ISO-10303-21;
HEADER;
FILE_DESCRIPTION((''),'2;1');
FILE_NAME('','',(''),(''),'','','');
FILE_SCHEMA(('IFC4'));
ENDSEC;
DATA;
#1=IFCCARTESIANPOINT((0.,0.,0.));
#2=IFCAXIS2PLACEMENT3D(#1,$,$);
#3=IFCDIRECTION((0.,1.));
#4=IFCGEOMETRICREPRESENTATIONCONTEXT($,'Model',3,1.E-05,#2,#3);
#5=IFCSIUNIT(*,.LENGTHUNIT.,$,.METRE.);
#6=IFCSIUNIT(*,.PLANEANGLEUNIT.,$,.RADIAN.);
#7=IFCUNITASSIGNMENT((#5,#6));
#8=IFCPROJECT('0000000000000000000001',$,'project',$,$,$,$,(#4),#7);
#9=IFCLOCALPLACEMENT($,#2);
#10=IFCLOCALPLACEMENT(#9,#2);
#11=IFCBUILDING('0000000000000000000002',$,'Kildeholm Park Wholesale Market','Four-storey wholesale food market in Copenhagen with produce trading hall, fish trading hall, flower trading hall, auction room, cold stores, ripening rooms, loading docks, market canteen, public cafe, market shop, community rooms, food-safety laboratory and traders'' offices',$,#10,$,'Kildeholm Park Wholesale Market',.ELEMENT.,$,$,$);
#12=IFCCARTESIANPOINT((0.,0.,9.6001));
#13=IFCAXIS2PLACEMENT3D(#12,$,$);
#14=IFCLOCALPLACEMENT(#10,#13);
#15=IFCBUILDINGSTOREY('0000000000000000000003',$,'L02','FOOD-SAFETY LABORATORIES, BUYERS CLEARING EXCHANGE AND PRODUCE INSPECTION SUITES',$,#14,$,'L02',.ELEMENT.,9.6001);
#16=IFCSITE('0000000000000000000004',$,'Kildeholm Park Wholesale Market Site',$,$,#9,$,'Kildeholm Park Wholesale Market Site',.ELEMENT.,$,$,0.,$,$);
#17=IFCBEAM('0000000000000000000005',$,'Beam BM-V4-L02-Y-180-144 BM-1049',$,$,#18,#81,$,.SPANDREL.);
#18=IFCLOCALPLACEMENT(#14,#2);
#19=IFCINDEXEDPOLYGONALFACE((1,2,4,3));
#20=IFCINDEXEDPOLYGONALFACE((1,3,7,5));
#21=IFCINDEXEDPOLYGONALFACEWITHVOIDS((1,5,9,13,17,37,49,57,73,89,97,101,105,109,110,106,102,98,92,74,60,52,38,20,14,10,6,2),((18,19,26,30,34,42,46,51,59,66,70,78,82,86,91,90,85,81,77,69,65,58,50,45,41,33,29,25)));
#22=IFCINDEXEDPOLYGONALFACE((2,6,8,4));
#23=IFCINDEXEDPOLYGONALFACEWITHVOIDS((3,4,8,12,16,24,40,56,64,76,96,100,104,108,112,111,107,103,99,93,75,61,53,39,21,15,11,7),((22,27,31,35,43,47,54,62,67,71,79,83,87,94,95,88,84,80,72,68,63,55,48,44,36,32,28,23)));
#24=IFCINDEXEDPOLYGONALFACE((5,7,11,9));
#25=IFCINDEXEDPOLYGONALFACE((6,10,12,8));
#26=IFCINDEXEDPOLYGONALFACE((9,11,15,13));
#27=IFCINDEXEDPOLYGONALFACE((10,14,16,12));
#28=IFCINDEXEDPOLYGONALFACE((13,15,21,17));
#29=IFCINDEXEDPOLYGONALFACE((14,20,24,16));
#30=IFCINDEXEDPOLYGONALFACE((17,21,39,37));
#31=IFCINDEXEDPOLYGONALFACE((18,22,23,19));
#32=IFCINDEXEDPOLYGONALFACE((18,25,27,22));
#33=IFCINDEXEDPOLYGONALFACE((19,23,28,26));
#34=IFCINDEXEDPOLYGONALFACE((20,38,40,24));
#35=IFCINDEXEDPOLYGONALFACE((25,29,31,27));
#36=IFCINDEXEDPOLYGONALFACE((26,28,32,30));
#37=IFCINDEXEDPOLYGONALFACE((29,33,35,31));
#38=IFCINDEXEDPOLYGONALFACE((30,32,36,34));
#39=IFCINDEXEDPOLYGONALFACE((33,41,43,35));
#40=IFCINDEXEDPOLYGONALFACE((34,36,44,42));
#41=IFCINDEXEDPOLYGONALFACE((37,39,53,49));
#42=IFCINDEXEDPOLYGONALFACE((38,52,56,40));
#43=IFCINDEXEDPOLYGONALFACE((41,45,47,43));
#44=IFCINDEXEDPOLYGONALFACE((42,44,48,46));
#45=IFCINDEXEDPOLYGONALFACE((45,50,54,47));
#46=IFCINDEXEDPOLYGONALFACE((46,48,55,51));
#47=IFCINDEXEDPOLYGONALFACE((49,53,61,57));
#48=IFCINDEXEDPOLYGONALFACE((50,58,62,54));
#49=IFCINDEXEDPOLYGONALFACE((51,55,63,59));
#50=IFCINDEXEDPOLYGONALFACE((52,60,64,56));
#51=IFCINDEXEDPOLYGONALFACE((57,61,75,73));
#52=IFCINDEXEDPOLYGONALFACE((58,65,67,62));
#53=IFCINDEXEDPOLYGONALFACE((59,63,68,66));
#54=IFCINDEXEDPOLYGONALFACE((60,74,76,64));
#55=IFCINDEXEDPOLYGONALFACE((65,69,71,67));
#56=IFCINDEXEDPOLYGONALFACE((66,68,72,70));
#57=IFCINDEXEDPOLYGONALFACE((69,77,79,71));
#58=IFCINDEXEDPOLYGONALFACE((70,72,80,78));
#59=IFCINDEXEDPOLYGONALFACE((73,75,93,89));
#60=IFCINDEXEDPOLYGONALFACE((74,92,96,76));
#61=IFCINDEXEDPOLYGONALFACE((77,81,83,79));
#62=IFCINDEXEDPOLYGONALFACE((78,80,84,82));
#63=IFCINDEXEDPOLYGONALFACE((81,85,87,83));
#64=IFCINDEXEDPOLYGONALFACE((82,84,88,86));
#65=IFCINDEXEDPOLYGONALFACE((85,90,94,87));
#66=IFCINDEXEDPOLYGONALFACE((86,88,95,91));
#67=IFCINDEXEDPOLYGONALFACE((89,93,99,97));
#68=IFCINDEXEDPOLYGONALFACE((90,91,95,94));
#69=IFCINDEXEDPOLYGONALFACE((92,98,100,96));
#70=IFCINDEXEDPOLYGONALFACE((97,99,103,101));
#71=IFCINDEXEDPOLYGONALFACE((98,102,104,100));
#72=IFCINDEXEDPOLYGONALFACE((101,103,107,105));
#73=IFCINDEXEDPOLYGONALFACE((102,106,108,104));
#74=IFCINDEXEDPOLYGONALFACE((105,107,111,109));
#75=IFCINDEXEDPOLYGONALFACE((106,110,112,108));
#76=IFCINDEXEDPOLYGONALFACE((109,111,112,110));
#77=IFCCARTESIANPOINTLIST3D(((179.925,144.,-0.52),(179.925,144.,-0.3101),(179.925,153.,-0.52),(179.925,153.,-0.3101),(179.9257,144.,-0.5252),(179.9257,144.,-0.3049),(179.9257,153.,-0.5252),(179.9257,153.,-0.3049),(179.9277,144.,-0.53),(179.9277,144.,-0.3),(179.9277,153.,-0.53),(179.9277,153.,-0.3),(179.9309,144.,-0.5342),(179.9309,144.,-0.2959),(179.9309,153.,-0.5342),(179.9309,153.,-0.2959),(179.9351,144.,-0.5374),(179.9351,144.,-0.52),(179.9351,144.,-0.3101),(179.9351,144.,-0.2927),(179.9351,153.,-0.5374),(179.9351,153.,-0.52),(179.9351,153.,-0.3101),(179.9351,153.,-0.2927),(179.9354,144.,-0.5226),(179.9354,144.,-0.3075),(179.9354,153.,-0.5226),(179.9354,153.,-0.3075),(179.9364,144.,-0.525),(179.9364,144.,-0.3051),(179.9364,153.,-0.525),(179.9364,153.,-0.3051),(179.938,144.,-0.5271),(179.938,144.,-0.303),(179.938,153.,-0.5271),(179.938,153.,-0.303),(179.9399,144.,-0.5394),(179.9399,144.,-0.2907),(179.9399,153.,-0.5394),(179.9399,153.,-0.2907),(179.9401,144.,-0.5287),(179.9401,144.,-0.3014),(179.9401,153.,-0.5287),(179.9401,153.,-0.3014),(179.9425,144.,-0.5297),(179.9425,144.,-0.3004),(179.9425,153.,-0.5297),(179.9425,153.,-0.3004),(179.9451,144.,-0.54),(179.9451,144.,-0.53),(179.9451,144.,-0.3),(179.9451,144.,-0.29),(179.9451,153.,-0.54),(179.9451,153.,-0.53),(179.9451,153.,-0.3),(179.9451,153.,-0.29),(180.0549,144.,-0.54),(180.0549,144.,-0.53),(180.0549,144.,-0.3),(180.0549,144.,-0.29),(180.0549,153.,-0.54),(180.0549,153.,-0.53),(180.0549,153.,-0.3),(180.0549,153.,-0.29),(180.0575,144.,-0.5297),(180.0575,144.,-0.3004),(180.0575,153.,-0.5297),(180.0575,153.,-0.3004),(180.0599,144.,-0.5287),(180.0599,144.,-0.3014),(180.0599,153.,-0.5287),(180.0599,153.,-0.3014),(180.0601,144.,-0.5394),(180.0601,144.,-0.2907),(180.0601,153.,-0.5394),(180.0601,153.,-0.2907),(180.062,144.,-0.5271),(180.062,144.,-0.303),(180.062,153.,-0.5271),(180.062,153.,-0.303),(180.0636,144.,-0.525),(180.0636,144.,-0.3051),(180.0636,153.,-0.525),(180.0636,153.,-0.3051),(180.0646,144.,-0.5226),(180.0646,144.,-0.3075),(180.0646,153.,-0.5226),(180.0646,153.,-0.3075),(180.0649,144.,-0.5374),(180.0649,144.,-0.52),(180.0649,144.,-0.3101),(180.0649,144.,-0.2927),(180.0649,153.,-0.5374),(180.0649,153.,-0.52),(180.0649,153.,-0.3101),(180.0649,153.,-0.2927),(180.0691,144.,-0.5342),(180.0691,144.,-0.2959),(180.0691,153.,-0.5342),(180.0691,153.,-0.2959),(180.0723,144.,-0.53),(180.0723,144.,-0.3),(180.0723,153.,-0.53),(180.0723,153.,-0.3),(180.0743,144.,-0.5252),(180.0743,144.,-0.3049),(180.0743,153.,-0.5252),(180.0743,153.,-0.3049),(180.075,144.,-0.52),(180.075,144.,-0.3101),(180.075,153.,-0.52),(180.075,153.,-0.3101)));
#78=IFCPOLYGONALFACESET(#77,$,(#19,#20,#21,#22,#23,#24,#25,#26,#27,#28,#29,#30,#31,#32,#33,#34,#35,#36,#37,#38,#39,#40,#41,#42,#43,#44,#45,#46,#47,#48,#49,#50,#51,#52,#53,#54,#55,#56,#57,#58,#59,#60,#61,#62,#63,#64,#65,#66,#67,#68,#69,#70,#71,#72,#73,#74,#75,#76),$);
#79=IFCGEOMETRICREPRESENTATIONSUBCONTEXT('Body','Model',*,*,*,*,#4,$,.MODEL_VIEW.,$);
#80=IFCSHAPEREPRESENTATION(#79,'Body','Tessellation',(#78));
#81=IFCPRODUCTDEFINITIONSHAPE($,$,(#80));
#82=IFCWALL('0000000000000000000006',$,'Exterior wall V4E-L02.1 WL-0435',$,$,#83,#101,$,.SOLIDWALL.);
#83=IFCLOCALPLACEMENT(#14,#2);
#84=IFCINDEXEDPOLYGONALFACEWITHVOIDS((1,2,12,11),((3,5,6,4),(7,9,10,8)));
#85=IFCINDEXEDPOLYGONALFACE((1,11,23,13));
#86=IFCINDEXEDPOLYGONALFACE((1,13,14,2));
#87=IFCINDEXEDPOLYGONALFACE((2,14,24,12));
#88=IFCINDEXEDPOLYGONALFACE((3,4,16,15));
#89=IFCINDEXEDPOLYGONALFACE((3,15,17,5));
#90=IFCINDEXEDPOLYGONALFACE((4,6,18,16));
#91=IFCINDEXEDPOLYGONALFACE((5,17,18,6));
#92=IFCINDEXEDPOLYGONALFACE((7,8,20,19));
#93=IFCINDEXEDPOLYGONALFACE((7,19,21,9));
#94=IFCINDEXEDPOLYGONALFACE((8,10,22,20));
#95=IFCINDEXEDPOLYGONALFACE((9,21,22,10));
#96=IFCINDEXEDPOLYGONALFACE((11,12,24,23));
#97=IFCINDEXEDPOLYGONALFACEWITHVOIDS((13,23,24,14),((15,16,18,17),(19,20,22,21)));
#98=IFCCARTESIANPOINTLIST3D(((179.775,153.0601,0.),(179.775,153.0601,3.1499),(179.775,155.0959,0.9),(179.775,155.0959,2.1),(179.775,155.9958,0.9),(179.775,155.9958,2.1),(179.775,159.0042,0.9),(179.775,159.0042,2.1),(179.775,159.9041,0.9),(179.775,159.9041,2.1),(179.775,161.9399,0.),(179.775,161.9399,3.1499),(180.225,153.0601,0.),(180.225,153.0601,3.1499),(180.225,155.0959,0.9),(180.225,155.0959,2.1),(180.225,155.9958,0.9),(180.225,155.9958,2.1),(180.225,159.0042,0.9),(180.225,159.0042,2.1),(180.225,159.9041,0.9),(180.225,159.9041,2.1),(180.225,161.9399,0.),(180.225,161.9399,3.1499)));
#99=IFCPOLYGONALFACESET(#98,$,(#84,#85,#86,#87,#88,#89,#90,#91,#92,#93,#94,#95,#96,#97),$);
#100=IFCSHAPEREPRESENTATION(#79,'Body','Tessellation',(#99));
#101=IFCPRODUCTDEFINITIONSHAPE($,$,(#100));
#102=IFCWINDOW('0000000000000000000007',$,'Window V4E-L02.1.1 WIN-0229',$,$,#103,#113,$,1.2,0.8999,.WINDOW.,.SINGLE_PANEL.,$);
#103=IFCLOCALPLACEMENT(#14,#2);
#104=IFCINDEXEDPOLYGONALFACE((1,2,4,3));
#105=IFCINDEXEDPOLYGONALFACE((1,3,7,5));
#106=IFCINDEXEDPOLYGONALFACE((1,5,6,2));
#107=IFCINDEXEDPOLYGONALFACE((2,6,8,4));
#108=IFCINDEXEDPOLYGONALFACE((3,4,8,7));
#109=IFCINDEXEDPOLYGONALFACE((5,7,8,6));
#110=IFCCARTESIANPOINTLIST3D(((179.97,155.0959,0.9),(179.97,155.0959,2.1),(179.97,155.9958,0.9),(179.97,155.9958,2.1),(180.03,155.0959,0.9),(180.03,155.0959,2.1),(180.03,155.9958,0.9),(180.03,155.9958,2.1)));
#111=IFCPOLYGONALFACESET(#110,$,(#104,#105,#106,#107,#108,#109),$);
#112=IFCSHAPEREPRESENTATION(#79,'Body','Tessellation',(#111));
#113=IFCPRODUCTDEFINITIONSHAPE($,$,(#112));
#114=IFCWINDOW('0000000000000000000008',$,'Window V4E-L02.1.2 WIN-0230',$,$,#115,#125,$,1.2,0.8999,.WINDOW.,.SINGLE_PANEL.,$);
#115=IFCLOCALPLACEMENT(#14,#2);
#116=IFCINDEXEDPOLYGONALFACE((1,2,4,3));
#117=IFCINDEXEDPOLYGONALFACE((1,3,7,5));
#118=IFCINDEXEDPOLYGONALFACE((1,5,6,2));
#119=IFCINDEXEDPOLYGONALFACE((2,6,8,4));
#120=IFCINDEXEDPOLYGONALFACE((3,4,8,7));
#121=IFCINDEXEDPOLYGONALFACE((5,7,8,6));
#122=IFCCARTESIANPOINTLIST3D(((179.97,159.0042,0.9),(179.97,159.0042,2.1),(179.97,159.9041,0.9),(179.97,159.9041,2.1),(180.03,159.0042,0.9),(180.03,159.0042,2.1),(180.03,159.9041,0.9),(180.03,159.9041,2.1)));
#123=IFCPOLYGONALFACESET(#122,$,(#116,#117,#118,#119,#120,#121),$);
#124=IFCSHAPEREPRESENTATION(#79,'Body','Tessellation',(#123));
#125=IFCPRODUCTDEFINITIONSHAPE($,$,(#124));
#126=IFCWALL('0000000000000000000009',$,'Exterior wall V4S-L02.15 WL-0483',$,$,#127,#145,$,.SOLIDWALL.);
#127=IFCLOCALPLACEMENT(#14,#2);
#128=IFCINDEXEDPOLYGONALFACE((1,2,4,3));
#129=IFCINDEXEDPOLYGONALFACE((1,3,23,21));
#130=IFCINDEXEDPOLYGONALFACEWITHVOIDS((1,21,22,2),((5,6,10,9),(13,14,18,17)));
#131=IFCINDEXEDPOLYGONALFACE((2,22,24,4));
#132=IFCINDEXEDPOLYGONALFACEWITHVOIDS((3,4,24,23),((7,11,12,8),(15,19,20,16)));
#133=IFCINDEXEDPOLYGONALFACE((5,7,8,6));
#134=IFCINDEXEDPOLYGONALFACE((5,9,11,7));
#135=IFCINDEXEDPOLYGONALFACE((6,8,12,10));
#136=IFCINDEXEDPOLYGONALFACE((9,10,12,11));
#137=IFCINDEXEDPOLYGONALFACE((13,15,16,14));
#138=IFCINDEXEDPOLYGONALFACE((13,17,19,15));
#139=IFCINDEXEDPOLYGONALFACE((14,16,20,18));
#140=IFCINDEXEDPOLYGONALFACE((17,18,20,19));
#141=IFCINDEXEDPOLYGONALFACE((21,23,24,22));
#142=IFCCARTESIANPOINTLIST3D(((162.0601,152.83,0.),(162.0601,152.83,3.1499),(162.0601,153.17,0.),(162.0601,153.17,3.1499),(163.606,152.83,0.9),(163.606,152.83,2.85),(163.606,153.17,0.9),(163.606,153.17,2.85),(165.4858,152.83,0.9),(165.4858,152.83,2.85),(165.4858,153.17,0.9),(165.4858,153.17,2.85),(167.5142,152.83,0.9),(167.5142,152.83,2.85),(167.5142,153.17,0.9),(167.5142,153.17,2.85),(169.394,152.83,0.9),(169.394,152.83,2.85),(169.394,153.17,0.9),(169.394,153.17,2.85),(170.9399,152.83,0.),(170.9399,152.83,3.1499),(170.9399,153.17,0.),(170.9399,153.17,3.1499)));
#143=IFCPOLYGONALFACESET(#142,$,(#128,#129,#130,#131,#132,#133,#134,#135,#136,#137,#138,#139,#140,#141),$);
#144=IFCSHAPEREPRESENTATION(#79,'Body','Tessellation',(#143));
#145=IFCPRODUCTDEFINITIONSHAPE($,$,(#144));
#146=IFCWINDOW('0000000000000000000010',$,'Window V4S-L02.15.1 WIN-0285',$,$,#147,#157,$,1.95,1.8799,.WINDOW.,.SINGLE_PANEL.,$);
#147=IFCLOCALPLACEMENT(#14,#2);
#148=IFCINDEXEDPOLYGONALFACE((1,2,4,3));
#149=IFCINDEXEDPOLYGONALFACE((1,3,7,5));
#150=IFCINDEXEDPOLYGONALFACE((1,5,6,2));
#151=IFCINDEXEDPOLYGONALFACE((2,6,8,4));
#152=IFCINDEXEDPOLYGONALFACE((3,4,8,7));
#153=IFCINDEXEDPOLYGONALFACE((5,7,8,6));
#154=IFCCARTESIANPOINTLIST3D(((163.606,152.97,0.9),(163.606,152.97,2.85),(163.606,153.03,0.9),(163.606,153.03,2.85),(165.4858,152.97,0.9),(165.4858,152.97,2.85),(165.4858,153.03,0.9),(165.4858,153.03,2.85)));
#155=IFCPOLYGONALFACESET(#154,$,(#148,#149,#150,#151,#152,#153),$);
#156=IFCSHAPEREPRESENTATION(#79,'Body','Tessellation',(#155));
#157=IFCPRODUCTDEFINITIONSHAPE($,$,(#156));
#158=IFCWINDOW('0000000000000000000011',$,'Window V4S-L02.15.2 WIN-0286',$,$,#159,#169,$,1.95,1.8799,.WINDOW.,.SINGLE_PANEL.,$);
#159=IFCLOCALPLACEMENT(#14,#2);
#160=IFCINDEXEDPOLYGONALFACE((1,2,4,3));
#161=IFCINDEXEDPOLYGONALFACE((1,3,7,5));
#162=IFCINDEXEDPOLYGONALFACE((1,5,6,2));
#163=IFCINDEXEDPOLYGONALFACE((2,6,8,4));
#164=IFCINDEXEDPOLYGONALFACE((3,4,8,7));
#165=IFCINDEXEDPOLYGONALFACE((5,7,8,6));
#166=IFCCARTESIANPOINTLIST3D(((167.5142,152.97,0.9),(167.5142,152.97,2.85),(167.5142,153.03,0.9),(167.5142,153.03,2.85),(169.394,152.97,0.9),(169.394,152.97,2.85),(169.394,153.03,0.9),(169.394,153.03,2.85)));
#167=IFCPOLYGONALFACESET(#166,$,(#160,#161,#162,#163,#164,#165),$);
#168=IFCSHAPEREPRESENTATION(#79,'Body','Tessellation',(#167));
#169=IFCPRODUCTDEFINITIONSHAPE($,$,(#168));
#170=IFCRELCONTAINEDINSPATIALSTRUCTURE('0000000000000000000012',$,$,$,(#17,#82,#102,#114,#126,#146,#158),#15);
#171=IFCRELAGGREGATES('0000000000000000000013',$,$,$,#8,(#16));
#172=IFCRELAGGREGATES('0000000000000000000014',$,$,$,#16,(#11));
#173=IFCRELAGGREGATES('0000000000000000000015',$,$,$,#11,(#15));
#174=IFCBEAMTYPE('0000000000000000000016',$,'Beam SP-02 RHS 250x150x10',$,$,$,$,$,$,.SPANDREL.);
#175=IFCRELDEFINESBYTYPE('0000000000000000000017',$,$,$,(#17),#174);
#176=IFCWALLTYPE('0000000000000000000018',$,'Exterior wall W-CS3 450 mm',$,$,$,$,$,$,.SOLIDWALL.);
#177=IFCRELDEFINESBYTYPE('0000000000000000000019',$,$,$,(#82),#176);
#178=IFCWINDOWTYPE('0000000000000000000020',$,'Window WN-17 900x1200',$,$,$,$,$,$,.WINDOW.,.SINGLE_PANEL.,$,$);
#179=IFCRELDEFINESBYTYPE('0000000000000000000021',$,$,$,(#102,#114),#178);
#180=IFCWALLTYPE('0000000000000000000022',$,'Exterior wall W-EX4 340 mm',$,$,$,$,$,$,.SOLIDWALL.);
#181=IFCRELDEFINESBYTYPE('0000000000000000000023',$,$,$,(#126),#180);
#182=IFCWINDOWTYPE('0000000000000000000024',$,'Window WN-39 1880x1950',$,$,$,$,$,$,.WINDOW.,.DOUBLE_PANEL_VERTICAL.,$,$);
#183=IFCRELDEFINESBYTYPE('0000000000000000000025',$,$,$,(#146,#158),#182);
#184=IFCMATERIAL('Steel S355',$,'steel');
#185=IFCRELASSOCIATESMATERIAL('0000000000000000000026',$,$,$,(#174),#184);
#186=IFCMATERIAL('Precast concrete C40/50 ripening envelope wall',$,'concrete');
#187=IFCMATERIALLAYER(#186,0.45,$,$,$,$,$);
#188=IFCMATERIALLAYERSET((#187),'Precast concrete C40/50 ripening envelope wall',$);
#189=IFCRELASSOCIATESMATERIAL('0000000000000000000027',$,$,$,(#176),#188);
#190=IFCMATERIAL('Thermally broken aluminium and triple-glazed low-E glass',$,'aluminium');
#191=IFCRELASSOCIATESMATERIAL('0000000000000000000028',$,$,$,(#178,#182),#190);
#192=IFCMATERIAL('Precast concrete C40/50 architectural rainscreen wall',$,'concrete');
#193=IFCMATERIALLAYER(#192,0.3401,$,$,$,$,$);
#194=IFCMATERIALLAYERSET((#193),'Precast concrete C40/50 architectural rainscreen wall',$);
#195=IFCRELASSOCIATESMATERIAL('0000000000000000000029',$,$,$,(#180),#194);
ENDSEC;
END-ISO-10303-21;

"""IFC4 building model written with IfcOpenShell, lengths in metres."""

from ifc_helpers import new_model, si_unit, direction, frame, frame_2d, origin, origin_2d, place, context, subcontext, project, spatial, rectangle, hollow_rectangle, extrude, material, layer, layer_set, material_profile, profile_set, type_object, element, fill, save


model = new_model("IFC4")

# Units and contexts
model_context = context("Model", 3, precision=1e-05, world=origin(), true_north=direction((0.0, 1.0)))
body_context = subcontext(model_context, "Body", "Model", "MODEL_VIEW")
ifc_project = project(units=[si_unit("LENGTHUNIT", "METRE"), si_unit("PLANEANGLEUNIT", "RADIAN")], contexts=[model_context])

# Site, building, storey
site_placement = place(None, origin())
site = spatial("IfcSite", under=ifc_project, at=site_placement, Name="Kildeholm Park Wholesale Market Site", LongName="Kildeholm Park Wholesale Market Site", CompositionType="ELEMENT", RefElevation=0.0)
building_placement = place(site_placement, origin())
building = spatial("IfcBuilding", under=site, at=building_placement, Name="Kildeholm Park Wholesale Market", Description="Four-storey wholesale food market in Copenhagen with produce trading hall, fish trading hall, flower trading hall, auction room, cold stores, ripening rooms, loading docks, market canteen, public cafe, market shop, community rooms, food-safety laboratory and traders' offices", LongName="Kildeholm Park Wholesale Market", CompositionType="ELEMENT")
storey_placement = place(building_placement, frame((0.0, 0.0, 9.6001)))
storey = spatial("IfcBuildingStorey", under=building, at=storey_placement, Name="L02", Description="FOOD-SAFETY LABORATORIES, BUYERS CLEARING EXCHANGE AND PRODUCE INSPECTION SUITES", LongName="L02", CompositionType="ELEMENT", Elevation=9.6001)

# Beam
ifc_material_1 = material(Name="Steel S355", Category="steel")
ifc_material_profile_1 = material_profile(ifc_material_1, hollow_rectangle(XDim=0.1499, YDim=0.25, WallThickness=0.01, InnerFilletRadius=0.01, OuterFilletRadius=0.02, at=origin_2d()), Name="RHS 250x150x10")
ifc_profile_set_1 = profile_set([ifc_material_profile_1], Name="Steel S355")
beam_type_1 = type_object("IfcBeamType", Name="Beam SP-02 RHS 250x150x10", PredefinedType="SPANDREL", material=ifc_profile_set_1)
for number, where, z_axis, x_axis, name in (
    (1, (180.0, 144.0, -0.415), (0.0, 1.0, 0.0), (-1.0, 0.0, 0.0), "Beam BM-V4-L02-Y-180-144 BM-1049"),
):
    element("IfcBeam", number, at=place(storey_placement, frame(where, z_axis=z_axis, x_axis=x_axis)), inside=storey, type_object=beam_type_1, Name=name, PredefinedType="SPANDREL", context=body_context, shape_type="SweptSolid", body=[
        extrude(hollow_rectangle(XDim=0.1499, YDim=0.25, WallThickness=0.01, InnerFilletRadius=0.01, OuterFilletRadius=0.02, at=origin_2d()), origin(), (0.0, 0.0, 1.0), 9.0),
    ])

# Walls, openings, windows
ifc_material_2 = material(Name="Precast concrete C40/50 ripening envelope wall", Category="concrete")
ifc_layer_1 = layer(ifc_material_2, 0.45)
ifc_layer_set_1 = layer_set([ifc_layer_1], Name="Precast concrete C40/50 ripening envelope wall")
wall_type_1 = type_object("IfcWallType", Name="Exterior wall W-CS3 450 mm", PredefinedType="SOLIDWALL", material=ifc_layer_set_1)
wall_1_placement = place(storey_placement, frame((180.0, 153.0601, 0.0), z_axis=(0.0, 0.0, 1.0), x_axis=(0.0, 1.0, 0.0)))
wall_1 = element("IfcWall", 2, at=wall_1_placement, inside=storey, type_object=wall_type_1, Name="Exterior wall V4E-L02.1 WL-0435", PredefinedType="SOLIDWALL", context=body_context, shape_type="SweptSolid", body=[
    extrude(rectangle(XDim=8.8799, YDim=0.45, at=frame_2d((4.4399, 0.0))), origin(), (0.0, 0.0, 1.0), 3.1499),
])
opening_1_placement = place(wall_1_placement, frame((2.0359, 0.0, 0.8999)))
opening_1 = element("IfcOpeningElement", 3, at=opening_1_placement, cuts=wall_1, PredefinedType="OPENING", context=body_context, shape_type="SweptSolid", body=[
    extrude(rectangle(XDim=0.8999, YDim=1.2, at=frame_2d((0.45, 0.6001))), frame((0.0, 0.2349, 0.0), z_axis=(0.0, -1.0, 0.0), x_axis=(1.0, 0.0, 0.0)), (0.0, 0.0, 1.0), 0.47),
])
opening_2_placement = place(wall_1_placement, frame((5.9441, 0.0, 0.8999)))
opening_2 = element("IfcOpeningElement", 4, at=opening_2_placement, cuts=wall_1, PredefinedType="OPENING", context=body_context, shape_type="SweptSolid", body=[
    extrude(rectangle(XDim=0.8999, YDim=1.2, at=frame_2d((0.45, 0.6001))), frame((0.0, 0.2349, 0.0), z_axis=(0.0, -1.0, 0.0), x_axis=(1.0, 0.0, 0.0)), (0.0, 0.0, 1.0), 0.47),
])
ifc_material_3 = material(Name="Thermally broken aluminium and triple-glazed low-E glass", Category="aluminium")
window_type_1 = type_object("IfcWindowType", Name="Window WN-17 900x1200", PartitioningType="SINGLE_PANEL", PredefinedType="WINDOW", material=ifc_material_3)
window_1_placement = place(opening_1_placement, origin())
window_1 = element("IfcWindow", 5, at=window_1_placement, inside=storey, type_object=window_type_1, Name="Window V4E-L02.1.1 WIN-0229", OverallHeight=1.2, OverallWidth=0.8999, PartitioningType="SINGLE_PANEL", PredefinedType="WINDOW", context=body_context, shape_type="SweptSolid", body=[
    extrude(rectangle(XDim=0.8999, YDim=1.2, at=frame_2d((0.45, 0.6001))), frame((0.0, 0.03, 0.0), z_axis=(0.0, -1.0, 0.0), x_axis=(1.0, 0.0, 0.0)), (0.0, 0.0, 1.0), 0.0601),
])
fill(opening_1, window_1)
window_2_placement = place(opening_2_placement, origin())
window_2 = element("IfcWindow", 6, at=window_2_placement, inside=storey, type_object=window_type_1, Name="Window V4E-L02.1.2 WIN-0230", OverallHeight=1.2, OverallWidth=0.8999, PartitioningType="SINGLE_PANEL", PredefinedType="WINDOW", context=body_context, shape_type="SweptSolid", body=[
    extrude(rectangle(XDim=0.8999, YDim=1.2, at=frame_2d((0.45, 0.6001))), frame((0.0, 0.03, 0.0), z_axis=(0.0, -1.0, 0.0), x_axis=(1.0, 0.0, 0.0)), (0.0, 0.0, 1.0), 0.0601),
])
fill(opening_2, window_2)
ifc_material_4 = material(Name="Precast concrete C40/50 architectural rainscreen wall", Category="concrete")
ifc_layer_2 = layer(ifc_material_4, 0.3401)
ifc_layer_set_2 = layer_set([ifc_layer_2], Name="Precast concrete C40/50 architectural rainscreen wall")
wall_type_2 = type_object("IfcWallType", Name="Exterior wall W-EX4 340 mm", PredefinedType="SOLIDWALL", material=ifc_layer_set_2)
wall_2_placement = place(storey_placement, frame((162.0601, 153.0, 0.0), z_axis=(0.0, 0.0, 1.0), x_axis=(1.0, 0.0, 0.0)))
wall_2 = element("IfcWall", 7, at=wall_2_placement, inside=storey, type_object=wall_type_2, Name="Exterior wall V4S-L02.15 WL-0483", PredefinedType="SOLIDWALL", context=body_context, shape_type="SweptSolid", body=[
    extrude(rectangle(XDim=8.8799, YDim=0.3401, at=frame_2d((4.4399, 0.0))), origin(), (0.0, 0.0, 1.0), 3.1499),
])
opening_3_placement = place(wall_2_placement, frame((1.5459, 0.0, 0.8999)))
opening_3 = element("IfcOpeningElement", 8, at=opening_3_placement, cuts=wall_2, PredefinedType="OPENING", context=body_context, shape_type="SweptSolid", body=[
    extrude(rectangle(XDim=1.8799, YDim=1.95, at=frame_2d((0.9399, 0.9751))), frame((0.0, 0.1799, 0.0), z_axis=(0.0, -1.0, 0.0), x_axis=(1.0, 0.0, 0.0)), (0.0, 0.0, 1.0), 0.3601),
])
opening_4_placement = place(wall_2_placement, frame((5.4541, 0.0, 0.8999)))
opening_4 = element("IfcOpeningElement", 9, at=opening_4_placement, cuts=wall_2, PredefinedType="OPENING", context=body_context, shape_type="SweptSolid", body=[
    extrude(rectangle(XDim=1.8799, YDim=1.95, at=frame_2d((0.9399, 0.9751))), frame((0.0, 0.1799, 0.0), z_axis=(0.0, -1.0, 0.0), x_axis=(1.0, 0.0, 0.0)), (0.0, 0.0, 1.0), 0.3601),
])
window_type_2 = type_object("IfcWindowType", Name="Window WN-39 1880x1950", PartitioningType="DOUBLE_PANEL_VERTICAL", PredefinedType="WINDOW", material=ifc_material_3)
window_3_placement = place(opening_3_placement, origin())
window_3 = element("IfcWindow", 10, at=window_3_placement, inside=storey, type_object=window_type_2, Name="Window V4S-L02.15.1 WIN-0285", OverallHeight=1.95, OverallWidth=1.8799, PartitioningType="SINGLE_PANEL", PredefinedType="WINDOW", context=body_context, shape_type="SweptSolid", body=[
    extrude(rectangle(XDim=1.8799, YDim=1.95, at=frame_2d((0.9399, 0.9751))), frame((0.0, 0.03, 0.0), z_axis=(0.0, -1.0, 0.0), x_axis=(1.0, 0.0, 0.0)), (0.0, 0.0, 1.0), 0.0601),
])
fill(opening_3, window_3)
window_4_placement = place(opening_4_placement, origin())
window_4 = element("IfcWindow", 11, at=window_4_placement, inside=storey, type_object=window_type_2, Name="Window V4S-L02.15.2 WIN-0286", OverallHeight=1.95, OverallWidth=1.8799, PartitioningType="SINGLE_PANEL", PredefinedType="WINDOW", context=body_context, shape_type="SweptSolid", body=[
    extrude(rectangle(XDim=1.8799, YDim=1.95, at=frame_2d((0.9399, 0.9751))), frame((0.0, 0.03, 0.0), z_axis=(0.0, -1.0, 0.0), x_axis=(1.0, 0.0, 0.0)), (0.0, 0.0, 1.0), 0.0601),
])
fill(opening_4, window_4)

save(model, "model.ifc")
